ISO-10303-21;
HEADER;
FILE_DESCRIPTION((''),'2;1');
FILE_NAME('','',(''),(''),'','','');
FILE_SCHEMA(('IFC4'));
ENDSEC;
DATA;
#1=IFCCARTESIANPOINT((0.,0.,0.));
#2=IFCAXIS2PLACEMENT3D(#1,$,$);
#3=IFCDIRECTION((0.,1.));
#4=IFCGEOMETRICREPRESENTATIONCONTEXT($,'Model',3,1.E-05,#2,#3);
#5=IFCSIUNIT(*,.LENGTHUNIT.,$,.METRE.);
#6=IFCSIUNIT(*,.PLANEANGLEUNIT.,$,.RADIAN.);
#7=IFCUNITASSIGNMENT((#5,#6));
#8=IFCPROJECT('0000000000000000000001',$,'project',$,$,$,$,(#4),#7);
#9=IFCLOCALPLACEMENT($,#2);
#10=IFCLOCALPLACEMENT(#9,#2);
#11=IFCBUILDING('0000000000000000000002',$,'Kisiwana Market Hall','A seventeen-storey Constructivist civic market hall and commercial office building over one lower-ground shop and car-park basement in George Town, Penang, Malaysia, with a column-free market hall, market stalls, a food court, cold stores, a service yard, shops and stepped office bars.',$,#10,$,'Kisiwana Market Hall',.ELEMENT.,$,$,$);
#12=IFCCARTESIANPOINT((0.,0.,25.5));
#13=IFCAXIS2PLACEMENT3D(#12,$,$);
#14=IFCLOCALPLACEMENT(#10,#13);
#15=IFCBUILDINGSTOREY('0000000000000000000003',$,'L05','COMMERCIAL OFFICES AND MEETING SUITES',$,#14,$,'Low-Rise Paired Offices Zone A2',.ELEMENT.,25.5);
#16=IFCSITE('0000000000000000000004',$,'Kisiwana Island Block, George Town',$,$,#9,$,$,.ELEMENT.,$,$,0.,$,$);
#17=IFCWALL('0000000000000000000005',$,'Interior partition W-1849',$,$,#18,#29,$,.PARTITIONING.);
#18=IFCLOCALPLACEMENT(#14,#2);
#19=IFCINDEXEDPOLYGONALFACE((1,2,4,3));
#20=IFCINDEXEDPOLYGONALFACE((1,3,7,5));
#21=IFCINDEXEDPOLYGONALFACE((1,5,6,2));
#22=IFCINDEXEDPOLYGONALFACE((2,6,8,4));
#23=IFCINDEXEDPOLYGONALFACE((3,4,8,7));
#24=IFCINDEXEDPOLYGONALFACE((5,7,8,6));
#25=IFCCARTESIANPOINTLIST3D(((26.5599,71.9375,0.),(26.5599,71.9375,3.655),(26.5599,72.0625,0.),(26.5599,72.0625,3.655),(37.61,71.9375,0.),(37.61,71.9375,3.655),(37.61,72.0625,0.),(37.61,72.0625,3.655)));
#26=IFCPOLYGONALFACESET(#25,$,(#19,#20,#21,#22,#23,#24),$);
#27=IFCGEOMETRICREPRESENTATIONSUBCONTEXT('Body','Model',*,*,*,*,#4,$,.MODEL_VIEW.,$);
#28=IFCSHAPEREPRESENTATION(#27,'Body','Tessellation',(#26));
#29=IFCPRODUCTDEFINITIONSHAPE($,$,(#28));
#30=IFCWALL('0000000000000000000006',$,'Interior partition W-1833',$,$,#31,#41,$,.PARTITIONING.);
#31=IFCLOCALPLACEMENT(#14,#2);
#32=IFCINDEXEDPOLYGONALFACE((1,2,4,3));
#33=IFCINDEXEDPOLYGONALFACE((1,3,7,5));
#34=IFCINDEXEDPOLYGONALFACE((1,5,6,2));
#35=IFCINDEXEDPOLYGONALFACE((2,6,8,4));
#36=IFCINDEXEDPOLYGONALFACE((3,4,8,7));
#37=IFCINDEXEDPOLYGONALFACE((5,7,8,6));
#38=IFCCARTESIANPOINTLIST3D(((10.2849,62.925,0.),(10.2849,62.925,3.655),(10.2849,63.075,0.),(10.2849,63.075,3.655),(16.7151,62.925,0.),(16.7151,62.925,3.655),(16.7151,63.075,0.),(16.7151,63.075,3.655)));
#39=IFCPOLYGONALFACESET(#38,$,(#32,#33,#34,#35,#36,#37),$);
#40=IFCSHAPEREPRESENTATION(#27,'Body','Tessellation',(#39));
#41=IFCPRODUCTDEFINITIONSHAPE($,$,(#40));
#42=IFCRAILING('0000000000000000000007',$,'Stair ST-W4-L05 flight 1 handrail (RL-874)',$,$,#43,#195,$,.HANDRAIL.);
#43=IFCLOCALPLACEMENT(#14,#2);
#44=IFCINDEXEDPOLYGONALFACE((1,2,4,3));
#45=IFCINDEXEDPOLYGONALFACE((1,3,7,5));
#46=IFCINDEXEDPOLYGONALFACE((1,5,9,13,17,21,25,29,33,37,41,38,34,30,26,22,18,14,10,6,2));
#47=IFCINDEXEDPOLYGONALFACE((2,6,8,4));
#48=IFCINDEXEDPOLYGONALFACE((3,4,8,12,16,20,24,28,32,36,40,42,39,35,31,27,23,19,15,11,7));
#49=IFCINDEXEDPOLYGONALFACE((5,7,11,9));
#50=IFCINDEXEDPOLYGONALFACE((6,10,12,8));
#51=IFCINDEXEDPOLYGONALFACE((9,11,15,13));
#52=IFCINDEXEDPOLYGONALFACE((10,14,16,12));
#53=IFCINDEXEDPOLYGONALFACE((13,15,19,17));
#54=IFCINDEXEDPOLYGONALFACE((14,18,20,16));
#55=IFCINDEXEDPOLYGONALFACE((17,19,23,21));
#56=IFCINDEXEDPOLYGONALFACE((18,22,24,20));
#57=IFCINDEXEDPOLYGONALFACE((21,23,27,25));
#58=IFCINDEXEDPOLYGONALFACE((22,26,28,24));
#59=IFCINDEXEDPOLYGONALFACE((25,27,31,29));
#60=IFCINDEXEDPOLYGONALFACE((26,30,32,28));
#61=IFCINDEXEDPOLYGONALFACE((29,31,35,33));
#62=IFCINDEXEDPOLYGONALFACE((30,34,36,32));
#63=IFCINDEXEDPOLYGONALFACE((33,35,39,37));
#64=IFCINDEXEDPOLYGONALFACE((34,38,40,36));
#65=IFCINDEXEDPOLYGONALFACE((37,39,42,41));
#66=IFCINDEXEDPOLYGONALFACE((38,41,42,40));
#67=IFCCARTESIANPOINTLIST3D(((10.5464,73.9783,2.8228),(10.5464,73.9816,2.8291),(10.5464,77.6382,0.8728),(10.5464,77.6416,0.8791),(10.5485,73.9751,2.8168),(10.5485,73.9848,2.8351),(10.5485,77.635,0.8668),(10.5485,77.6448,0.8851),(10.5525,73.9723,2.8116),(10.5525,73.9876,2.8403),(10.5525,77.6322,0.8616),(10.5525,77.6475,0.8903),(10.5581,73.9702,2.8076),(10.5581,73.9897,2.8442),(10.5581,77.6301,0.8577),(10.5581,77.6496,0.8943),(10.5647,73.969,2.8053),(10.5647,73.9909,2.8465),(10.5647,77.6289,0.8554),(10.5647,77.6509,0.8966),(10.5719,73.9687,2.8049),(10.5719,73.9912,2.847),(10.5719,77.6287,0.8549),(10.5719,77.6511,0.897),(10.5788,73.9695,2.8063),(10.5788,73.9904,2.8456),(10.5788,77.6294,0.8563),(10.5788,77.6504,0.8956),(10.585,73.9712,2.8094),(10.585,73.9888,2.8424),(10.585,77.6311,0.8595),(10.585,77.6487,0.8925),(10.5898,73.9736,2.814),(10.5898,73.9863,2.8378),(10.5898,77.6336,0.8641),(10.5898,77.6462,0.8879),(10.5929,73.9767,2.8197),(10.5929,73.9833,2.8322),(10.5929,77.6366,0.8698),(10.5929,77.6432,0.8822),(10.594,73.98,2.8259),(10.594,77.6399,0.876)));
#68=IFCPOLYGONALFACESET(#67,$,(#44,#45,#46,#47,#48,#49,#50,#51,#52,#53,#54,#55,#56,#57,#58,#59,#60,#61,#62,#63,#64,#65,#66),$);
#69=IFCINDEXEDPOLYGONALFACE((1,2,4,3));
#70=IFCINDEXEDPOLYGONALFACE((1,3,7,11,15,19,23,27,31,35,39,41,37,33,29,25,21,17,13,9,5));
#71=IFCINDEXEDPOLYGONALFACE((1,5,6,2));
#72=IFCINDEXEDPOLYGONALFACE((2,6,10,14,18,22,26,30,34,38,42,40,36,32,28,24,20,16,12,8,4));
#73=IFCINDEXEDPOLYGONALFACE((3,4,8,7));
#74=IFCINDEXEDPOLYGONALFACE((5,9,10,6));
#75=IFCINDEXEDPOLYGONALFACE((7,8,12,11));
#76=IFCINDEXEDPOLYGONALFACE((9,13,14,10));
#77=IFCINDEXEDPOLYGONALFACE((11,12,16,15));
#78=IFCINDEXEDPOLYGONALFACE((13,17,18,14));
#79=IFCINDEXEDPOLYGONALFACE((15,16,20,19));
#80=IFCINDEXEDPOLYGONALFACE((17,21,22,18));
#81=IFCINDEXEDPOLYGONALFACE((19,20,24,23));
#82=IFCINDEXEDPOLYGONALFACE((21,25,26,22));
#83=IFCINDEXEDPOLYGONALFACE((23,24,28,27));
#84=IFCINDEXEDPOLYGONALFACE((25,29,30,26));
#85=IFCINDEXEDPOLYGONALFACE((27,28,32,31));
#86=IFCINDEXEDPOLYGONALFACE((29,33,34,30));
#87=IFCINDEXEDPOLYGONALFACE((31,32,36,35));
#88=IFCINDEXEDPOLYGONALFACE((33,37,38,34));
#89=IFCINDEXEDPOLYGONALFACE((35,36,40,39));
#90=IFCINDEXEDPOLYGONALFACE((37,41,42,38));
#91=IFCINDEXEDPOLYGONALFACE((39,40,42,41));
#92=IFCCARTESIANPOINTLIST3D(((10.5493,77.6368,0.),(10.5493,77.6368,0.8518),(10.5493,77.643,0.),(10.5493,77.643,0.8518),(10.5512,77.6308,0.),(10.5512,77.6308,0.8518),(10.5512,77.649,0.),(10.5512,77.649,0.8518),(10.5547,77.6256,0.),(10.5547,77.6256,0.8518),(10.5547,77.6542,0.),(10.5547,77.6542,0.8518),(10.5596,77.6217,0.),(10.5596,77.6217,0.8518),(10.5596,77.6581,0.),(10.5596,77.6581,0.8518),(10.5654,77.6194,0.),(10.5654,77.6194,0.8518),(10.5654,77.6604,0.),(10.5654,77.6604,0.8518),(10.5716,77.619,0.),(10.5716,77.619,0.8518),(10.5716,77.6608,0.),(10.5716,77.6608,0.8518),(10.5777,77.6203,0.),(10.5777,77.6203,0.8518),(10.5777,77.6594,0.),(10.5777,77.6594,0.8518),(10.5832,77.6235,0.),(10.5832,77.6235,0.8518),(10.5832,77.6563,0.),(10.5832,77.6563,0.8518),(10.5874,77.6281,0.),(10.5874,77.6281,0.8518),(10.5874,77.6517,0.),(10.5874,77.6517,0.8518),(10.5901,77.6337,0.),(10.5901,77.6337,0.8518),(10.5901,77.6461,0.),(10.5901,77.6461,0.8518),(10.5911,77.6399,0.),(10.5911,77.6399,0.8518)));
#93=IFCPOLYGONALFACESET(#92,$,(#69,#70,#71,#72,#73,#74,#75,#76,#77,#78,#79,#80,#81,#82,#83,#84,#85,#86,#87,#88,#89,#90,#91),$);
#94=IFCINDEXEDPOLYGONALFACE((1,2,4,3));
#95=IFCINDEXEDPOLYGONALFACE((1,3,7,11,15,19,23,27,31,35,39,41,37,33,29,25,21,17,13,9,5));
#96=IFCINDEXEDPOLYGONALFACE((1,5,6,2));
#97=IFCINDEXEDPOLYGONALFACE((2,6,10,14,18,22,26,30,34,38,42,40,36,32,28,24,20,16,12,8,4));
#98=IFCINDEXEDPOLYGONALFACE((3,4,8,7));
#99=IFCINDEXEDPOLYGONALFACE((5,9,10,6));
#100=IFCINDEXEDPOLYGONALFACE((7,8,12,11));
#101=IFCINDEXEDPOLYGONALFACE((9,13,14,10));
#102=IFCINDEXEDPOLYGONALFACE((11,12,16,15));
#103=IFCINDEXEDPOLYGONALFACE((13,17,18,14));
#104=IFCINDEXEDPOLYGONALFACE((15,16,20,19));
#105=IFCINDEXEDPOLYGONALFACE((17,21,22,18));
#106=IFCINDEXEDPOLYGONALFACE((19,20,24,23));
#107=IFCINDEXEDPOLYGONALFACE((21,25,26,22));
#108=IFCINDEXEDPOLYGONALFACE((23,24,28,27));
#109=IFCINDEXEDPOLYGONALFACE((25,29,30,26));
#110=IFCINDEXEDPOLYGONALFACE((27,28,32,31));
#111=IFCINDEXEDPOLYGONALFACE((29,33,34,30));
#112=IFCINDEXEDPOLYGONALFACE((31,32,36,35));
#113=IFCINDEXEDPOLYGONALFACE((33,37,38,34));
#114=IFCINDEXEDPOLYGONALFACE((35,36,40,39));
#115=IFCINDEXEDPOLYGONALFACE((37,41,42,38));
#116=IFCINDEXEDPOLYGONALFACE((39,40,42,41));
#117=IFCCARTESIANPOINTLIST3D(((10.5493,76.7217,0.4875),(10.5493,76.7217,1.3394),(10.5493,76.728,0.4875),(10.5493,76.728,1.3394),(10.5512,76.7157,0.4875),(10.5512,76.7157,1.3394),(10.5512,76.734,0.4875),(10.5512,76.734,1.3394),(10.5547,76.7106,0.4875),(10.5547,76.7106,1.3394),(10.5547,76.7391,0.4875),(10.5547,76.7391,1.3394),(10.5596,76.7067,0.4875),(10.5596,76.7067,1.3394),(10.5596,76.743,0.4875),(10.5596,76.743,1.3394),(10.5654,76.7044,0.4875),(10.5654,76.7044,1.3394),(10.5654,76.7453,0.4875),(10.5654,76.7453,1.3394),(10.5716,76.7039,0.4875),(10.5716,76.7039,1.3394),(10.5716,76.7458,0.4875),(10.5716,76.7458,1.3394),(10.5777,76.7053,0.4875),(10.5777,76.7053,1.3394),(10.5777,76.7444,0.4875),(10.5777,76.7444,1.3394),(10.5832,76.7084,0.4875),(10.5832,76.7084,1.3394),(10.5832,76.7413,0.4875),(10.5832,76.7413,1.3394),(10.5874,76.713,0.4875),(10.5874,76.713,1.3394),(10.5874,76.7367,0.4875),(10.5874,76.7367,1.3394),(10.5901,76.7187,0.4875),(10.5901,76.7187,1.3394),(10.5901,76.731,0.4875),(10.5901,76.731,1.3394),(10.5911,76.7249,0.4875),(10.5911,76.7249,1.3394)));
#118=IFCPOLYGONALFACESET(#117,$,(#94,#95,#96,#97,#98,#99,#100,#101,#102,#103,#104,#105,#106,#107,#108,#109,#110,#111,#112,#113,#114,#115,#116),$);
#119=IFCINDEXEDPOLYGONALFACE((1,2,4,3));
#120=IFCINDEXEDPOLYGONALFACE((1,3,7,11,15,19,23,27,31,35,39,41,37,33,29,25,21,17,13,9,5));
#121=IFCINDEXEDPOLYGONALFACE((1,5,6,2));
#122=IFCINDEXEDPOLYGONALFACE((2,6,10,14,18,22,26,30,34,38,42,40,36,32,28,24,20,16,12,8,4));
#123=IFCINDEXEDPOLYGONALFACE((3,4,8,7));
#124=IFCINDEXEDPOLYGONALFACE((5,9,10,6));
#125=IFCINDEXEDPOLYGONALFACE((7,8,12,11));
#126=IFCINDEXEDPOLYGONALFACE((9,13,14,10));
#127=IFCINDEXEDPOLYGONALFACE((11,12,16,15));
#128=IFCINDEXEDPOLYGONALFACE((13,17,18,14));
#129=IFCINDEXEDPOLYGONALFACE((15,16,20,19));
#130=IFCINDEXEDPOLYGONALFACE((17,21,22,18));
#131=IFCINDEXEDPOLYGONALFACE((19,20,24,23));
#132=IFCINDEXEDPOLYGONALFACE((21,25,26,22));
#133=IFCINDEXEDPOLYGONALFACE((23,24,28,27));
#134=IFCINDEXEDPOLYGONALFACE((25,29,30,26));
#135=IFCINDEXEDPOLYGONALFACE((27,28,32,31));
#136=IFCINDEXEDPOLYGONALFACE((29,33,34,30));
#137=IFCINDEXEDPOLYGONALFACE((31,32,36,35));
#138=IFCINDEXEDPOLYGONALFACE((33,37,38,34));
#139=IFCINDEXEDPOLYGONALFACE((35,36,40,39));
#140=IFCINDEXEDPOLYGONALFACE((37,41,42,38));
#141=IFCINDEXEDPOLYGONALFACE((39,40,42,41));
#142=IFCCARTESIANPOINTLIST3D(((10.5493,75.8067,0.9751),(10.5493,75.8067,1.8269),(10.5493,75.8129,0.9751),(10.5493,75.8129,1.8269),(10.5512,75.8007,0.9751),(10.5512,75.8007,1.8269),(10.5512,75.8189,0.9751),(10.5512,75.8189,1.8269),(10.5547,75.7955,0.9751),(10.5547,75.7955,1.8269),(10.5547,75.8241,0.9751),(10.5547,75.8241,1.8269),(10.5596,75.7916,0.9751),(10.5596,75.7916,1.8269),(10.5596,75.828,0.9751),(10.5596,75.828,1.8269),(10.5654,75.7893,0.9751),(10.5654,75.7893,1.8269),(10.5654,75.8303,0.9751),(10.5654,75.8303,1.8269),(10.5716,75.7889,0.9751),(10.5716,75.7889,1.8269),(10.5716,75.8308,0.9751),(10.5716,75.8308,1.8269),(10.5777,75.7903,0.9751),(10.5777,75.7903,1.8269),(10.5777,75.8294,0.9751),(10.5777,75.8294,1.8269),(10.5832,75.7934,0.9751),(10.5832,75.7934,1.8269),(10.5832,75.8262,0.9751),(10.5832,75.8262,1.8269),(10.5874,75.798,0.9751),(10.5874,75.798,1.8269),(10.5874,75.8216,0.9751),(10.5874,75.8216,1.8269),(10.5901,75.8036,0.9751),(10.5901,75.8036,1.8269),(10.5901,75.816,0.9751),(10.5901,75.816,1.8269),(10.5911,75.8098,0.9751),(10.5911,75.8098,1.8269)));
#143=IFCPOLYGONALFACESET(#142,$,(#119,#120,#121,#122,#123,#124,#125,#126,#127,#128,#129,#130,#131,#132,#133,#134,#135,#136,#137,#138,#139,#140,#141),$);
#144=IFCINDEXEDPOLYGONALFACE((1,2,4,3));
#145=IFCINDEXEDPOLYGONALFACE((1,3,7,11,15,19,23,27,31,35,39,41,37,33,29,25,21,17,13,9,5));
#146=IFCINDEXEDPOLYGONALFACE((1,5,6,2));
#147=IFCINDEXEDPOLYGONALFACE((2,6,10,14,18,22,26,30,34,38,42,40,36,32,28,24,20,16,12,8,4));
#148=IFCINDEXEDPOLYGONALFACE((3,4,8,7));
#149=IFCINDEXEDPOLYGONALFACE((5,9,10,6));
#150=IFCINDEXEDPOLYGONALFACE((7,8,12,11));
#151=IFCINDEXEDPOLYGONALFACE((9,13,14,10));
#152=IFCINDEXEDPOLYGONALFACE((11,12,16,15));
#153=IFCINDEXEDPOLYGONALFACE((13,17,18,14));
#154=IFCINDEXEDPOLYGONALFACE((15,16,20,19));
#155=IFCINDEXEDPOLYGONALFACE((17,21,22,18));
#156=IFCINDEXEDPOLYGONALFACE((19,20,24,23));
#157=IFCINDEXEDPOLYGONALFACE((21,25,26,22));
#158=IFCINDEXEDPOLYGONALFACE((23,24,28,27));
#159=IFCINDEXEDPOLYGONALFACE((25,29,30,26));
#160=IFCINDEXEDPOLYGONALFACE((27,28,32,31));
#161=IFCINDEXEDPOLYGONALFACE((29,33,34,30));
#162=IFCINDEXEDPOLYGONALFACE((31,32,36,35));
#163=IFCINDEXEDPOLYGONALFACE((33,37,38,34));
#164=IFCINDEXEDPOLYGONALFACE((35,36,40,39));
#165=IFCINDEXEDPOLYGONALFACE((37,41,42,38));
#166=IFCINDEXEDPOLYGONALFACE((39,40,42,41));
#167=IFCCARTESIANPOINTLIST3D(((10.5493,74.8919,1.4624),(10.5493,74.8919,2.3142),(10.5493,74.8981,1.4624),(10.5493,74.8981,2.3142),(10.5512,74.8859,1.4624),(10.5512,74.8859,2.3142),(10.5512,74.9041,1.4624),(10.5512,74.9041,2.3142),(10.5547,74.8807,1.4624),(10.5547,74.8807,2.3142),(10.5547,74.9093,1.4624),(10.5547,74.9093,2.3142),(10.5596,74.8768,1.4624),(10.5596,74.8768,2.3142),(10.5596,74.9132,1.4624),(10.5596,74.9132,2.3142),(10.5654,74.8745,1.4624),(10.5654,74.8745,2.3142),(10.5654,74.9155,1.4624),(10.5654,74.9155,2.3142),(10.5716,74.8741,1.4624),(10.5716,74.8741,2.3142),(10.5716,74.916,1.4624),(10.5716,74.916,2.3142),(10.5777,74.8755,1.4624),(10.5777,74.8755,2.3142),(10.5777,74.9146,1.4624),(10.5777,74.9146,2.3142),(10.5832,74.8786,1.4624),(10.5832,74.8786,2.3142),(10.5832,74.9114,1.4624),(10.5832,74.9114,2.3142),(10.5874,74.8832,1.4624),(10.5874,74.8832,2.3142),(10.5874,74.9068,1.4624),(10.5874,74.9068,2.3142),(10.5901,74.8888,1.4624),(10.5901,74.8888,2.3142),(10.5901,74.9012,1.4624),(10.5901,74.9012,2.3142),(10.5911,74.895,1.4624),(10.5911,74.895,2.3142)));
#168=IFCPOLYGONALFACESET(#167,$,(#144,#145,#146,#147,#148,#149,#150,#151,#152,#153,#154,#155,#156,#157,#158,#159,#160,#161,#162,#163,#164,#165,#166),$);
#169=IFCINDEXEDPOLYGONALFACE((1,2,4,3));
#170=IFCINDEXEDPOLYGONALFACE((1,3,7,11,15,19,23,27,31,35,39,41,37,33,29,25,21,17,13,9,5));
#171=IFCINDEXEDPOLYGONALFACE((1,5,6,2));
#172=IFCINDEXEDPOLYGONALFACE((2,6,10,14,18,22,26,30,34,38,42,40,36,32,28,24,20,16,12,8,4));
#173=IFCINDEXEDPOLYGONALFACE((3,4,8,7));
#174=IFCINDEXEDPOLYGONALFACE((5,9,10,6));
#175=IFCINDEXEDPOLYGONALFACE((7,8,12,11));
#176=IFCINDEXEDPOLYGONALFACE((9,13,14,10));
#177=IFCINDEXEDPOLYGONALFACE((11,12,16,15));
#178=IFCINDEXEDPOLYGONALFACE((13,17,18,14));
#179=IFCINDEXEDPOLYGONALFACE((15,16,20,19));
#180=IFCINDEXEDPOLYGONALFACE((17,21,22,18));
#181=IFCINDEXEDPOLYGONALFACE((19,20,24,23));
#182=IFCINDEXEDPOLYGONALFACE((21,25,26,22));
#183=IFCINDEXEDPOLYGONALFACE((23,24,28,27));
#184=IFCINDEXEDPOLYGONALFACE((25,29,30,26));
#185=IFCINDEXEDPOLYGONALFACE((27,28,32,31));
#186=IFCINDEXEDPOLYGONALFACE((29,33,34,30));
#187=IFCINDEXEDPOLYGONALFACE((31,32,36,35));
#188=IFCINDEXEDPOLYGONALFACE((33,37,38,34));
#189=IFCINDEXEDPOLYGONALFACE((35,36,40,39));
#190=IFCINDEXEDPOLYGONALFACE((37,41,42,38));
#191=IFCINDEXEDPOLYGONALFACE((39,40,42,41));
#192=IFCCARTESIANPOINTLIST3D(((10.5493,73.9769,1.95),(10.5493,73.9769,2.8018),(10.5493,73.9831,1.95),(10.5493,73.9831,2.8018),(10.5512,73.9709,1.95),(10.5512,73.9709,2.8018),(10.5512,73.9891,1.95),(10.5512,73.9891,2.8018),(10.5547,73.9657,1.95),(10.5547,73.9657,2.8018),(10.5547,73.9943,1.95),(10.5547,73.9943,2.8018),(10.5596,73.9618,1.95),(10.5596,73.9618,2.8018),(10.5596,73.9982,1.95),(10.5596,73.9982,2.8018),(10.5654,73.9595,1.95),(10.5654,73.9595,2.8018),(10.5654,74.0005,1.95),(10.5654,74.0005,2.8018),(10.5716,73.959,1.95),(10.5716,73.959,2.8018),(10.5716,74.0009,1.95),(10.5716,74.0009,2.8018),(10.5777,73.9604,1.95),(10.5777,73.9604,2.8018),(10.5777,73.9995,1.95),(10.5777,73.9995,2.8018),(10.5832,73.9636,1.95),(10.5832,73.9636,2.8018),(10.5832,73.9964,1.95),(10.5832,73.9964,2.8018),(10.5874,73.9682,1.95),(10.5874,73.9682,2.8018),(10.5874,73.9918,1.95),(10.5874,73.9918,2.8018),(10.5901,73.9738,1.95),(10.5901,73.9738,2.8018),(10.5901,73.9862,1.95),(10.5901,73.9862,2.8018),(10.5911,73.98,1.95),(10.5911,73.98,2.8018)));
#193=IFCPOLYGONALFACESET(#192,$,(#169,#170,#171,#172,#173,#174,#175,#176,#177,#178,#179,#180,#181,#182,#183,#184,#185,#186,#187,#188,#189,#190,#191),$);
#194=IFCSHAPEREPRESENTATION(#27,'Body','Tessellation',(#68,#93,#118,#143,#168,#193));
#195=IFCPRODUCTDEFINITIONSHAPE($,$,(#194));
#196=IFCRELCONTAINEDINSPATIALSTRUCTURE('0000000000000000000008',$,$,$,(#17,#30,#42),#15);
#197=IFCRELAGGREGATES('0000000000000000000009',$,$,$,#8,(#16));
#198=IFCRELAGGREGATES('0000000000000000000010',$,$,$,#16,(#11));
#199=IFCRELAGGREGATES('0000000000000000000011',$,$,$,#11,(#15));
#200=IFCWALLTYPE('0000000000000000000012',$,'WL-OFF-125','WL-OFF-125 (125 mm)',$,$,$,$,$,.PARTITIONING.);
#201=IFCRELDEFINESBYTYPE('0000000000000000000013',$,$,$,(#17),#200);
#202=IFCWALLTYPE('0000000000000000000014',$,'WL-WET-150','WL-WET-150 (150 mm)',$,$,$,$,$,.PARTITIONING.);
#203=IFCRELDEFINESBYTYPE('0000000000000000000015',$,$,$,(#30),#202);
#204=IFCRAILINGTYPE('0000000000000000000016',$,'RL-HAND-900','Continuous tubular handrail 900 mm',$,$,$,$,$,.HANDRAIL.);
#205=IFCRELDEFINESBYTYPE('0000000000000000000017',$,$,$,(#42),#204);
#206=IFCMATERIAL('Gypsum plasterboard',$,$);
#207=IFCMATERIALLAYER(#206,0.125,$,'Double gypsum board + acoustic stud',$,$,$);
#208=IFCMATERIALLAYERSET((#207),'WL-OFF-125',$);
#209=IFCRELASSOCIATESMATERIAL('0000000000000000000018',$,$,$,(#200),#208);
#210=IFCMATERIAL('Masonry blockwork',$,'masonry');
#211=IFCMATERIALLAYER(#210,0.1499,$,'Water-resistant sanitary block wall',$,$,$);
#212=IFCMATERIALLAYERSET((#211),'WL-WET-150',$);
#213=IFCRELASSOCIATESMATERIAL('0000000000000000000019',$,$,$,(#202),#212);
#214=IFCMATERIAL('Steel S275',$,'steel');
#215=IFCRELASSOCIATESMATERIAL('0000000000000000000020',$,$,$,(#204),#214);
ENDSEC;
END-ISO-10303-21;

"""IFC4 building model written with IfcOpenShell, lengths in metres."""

from ifc_helpers import new_model, si_unit, direction, frame, frame_2d, origin, origin_2d, place, context, subcontext, project, spatial, rectangle, circle, extrude, material, layer, layer_set, type_object, element, save


model = new_model("IFC4")

# Units and contexts
model_context = context("Model", 3, precision=1e-05, world=origin(), true_north=direction((0.0, 1.0)))
body_context = subcontext(model_context, "Body", "Model", "MODEL_VIEW")
ifc_project = project(units=[si_unit("LENGTHUNIT", "METRE"), si_unit("PLANEANGLEUNIT", "RADIAN")], contexts=[model_context])

# Site, building, storey
site_placement = place(None, origin())
site = spatial("IfcSite", under=ifc_project, at=site_placement, Name="Kisiwana Island Block, George Town", CompositionType="ELEMENT", RefElevation=0.0)
building_placement = place(site_placement, origin())
building = spatial("IfcBuilding", under=site, at=building_placement, Name="Kisiwana Market Hall", Description="A seventeen-storey Constructivist civic market hall and commercial office building over one lower-ground shop and car-park basement in George Town, Penang, Malaysia, with a column-free market hall, market stalls, a food court, cold stores, a service yard, shops and stepped office bars.", LongName="Kisiwana Market Hall", CompositionType="ELEMENT")
storey_placement = place(building_placement, frame((0.0, 0.0, 25.5)))
storey = spatial("IfcBuildingStorey", under=building, at=storey_placement, Name="L05", Description="COMMERCIAL OFFICES AND MEETING SUITES", LongName="Low-Rise Paired Offices Zone A2", CompositionType="ELEMENT", Elevation=25.5)

# Walls
ifc_material_1 = material(Name="Gypsum plasterboard")
ifc_layer_1 = layer(ifc_material_1, 0.125, Name="Double gypsum board + acoustic stud")
ifc_layer_set_1 = layer_set([ifc_layer_1], Name="WL-OFF-125")
wall_type_1 = type_object("IfcWallType", Name="WL-OFF-125", Description="WL-OFF-125 (125 mm)", PredefinedType="PARTITIONING", material=ifc_layer_set_1)
wall_1_placement = place(storey_placement, frame((26.5601, 72.0, 0.0), z_axis=(0.0, 0.0, 1.0), x_axis=(1.0, 0.0, 0.0)))
element("IfcWall", 1, at=wall_1_placement, inside=storey, type_object=wall_type_1, Name="Interior partition W-1849", PredefinedType="PARTITIONING", context=body_context, shape_type="SweptSolid", body=[
    extrude(rectangle(XDim=11.05, YDim=0.125, at=frame_2d((5.5249, 0.0))), origin(), (0.0, 0.0, 1.0), 3.655),
])
ifc_material_2 = material(Name="Masonry blockwork", Category="masonry")
ifc_layer_2 = layer(ifc_material_2, 0.1499, Name="Water-resistant sanitary block wall")
ifc_layer_set_2 = layer_set([ifc_layer_2], Name="WL-WET-150")
wall_type_2 = type_object("IfcWallType", Name="WL-WET-150", Description="WL-WET-150 (150 mm)", PredefinedType="PARTITIONING", material=ifc_layer_set_2)
wall_2_placement = place(storey_placement, frame((10.2849, 63.0, 0.0), z_axis=(0.0, 0.0, 1.0), x_axis=(1.0, 0.0, 0.0)))
element("IfcWall", 2, at=wall_2_placement, inside=storey, type_object=wall_type_2, Name="Interior partition W-1833", PredefinedType="PARTITIONING", context=body_context, shape_type="SweptSolid", body=[
    extrude(rectangle(XDim=6.4302, YDim=0.1499, at=frame_2d((3.2151, 0.0))), origin(), (0.0, 0.0, 1.0), 3.655),
])

# Railing
ifc_material_3 = material(Name="Steel S275", Category="steel")
railing_type_1 = type_object("IfcRailingType", Name="RL-HAND-900", Description="Continuous tubular handrail 900 mm", PredefinedType="HANDRAIL", material=ifc_material_3)
railing_1_placement = place(storey_placement, frame((10.5701, 77.6399, 0.0)))
element("IfcRailing", 3, at=railing_1_placement, inside=storey, type_object=railing_type_1, Name="Stair ST-W4-L05 flight 1 handrail (RL-874)", PredefinedType="HANDRAIL", context=body_context, shape_type="SweptSolid", body=[
    extrude(circle(Radius=0.0239, at=origin_2d()), frame((0.0, 0.0, 0.876), z_axis=(0.0, -0.882553, 0.470212), x_axis=(1.0, 0.0, 0.0)), (0.0, 0.0, 1.0), 4.147),
    extrude(circle(Radius=0.021, at=origin_2d()), origin(), (0.0, 0.0, 1.0), 0.8518),
    extrude(circle(Radius=0.021, at=origin_2d()), frame((0.0, -0.915, 0.4875)), (0.0, 0.0, 1.0), 0.8518),
    extrude(circle(Radius=0.021, at=origin_2d()), frame((0.0, -1.8301, 0.9751)), (0.0, 0.0, 1.0), 0.8518),
    extrude(circle(Radius=0.021, at=origin_2d()), frame((0.0, -2.7449, 1.4624)), (0.0, 0.0, 1.0), 0.8518),
    extrude(circle(Radius=0.021, at=origin_2d()), frame((0.0, -3.6599, 1.95)), (0.0, 0.0, 1.0), 0.8518),
])

save(model, "model.ifc")
